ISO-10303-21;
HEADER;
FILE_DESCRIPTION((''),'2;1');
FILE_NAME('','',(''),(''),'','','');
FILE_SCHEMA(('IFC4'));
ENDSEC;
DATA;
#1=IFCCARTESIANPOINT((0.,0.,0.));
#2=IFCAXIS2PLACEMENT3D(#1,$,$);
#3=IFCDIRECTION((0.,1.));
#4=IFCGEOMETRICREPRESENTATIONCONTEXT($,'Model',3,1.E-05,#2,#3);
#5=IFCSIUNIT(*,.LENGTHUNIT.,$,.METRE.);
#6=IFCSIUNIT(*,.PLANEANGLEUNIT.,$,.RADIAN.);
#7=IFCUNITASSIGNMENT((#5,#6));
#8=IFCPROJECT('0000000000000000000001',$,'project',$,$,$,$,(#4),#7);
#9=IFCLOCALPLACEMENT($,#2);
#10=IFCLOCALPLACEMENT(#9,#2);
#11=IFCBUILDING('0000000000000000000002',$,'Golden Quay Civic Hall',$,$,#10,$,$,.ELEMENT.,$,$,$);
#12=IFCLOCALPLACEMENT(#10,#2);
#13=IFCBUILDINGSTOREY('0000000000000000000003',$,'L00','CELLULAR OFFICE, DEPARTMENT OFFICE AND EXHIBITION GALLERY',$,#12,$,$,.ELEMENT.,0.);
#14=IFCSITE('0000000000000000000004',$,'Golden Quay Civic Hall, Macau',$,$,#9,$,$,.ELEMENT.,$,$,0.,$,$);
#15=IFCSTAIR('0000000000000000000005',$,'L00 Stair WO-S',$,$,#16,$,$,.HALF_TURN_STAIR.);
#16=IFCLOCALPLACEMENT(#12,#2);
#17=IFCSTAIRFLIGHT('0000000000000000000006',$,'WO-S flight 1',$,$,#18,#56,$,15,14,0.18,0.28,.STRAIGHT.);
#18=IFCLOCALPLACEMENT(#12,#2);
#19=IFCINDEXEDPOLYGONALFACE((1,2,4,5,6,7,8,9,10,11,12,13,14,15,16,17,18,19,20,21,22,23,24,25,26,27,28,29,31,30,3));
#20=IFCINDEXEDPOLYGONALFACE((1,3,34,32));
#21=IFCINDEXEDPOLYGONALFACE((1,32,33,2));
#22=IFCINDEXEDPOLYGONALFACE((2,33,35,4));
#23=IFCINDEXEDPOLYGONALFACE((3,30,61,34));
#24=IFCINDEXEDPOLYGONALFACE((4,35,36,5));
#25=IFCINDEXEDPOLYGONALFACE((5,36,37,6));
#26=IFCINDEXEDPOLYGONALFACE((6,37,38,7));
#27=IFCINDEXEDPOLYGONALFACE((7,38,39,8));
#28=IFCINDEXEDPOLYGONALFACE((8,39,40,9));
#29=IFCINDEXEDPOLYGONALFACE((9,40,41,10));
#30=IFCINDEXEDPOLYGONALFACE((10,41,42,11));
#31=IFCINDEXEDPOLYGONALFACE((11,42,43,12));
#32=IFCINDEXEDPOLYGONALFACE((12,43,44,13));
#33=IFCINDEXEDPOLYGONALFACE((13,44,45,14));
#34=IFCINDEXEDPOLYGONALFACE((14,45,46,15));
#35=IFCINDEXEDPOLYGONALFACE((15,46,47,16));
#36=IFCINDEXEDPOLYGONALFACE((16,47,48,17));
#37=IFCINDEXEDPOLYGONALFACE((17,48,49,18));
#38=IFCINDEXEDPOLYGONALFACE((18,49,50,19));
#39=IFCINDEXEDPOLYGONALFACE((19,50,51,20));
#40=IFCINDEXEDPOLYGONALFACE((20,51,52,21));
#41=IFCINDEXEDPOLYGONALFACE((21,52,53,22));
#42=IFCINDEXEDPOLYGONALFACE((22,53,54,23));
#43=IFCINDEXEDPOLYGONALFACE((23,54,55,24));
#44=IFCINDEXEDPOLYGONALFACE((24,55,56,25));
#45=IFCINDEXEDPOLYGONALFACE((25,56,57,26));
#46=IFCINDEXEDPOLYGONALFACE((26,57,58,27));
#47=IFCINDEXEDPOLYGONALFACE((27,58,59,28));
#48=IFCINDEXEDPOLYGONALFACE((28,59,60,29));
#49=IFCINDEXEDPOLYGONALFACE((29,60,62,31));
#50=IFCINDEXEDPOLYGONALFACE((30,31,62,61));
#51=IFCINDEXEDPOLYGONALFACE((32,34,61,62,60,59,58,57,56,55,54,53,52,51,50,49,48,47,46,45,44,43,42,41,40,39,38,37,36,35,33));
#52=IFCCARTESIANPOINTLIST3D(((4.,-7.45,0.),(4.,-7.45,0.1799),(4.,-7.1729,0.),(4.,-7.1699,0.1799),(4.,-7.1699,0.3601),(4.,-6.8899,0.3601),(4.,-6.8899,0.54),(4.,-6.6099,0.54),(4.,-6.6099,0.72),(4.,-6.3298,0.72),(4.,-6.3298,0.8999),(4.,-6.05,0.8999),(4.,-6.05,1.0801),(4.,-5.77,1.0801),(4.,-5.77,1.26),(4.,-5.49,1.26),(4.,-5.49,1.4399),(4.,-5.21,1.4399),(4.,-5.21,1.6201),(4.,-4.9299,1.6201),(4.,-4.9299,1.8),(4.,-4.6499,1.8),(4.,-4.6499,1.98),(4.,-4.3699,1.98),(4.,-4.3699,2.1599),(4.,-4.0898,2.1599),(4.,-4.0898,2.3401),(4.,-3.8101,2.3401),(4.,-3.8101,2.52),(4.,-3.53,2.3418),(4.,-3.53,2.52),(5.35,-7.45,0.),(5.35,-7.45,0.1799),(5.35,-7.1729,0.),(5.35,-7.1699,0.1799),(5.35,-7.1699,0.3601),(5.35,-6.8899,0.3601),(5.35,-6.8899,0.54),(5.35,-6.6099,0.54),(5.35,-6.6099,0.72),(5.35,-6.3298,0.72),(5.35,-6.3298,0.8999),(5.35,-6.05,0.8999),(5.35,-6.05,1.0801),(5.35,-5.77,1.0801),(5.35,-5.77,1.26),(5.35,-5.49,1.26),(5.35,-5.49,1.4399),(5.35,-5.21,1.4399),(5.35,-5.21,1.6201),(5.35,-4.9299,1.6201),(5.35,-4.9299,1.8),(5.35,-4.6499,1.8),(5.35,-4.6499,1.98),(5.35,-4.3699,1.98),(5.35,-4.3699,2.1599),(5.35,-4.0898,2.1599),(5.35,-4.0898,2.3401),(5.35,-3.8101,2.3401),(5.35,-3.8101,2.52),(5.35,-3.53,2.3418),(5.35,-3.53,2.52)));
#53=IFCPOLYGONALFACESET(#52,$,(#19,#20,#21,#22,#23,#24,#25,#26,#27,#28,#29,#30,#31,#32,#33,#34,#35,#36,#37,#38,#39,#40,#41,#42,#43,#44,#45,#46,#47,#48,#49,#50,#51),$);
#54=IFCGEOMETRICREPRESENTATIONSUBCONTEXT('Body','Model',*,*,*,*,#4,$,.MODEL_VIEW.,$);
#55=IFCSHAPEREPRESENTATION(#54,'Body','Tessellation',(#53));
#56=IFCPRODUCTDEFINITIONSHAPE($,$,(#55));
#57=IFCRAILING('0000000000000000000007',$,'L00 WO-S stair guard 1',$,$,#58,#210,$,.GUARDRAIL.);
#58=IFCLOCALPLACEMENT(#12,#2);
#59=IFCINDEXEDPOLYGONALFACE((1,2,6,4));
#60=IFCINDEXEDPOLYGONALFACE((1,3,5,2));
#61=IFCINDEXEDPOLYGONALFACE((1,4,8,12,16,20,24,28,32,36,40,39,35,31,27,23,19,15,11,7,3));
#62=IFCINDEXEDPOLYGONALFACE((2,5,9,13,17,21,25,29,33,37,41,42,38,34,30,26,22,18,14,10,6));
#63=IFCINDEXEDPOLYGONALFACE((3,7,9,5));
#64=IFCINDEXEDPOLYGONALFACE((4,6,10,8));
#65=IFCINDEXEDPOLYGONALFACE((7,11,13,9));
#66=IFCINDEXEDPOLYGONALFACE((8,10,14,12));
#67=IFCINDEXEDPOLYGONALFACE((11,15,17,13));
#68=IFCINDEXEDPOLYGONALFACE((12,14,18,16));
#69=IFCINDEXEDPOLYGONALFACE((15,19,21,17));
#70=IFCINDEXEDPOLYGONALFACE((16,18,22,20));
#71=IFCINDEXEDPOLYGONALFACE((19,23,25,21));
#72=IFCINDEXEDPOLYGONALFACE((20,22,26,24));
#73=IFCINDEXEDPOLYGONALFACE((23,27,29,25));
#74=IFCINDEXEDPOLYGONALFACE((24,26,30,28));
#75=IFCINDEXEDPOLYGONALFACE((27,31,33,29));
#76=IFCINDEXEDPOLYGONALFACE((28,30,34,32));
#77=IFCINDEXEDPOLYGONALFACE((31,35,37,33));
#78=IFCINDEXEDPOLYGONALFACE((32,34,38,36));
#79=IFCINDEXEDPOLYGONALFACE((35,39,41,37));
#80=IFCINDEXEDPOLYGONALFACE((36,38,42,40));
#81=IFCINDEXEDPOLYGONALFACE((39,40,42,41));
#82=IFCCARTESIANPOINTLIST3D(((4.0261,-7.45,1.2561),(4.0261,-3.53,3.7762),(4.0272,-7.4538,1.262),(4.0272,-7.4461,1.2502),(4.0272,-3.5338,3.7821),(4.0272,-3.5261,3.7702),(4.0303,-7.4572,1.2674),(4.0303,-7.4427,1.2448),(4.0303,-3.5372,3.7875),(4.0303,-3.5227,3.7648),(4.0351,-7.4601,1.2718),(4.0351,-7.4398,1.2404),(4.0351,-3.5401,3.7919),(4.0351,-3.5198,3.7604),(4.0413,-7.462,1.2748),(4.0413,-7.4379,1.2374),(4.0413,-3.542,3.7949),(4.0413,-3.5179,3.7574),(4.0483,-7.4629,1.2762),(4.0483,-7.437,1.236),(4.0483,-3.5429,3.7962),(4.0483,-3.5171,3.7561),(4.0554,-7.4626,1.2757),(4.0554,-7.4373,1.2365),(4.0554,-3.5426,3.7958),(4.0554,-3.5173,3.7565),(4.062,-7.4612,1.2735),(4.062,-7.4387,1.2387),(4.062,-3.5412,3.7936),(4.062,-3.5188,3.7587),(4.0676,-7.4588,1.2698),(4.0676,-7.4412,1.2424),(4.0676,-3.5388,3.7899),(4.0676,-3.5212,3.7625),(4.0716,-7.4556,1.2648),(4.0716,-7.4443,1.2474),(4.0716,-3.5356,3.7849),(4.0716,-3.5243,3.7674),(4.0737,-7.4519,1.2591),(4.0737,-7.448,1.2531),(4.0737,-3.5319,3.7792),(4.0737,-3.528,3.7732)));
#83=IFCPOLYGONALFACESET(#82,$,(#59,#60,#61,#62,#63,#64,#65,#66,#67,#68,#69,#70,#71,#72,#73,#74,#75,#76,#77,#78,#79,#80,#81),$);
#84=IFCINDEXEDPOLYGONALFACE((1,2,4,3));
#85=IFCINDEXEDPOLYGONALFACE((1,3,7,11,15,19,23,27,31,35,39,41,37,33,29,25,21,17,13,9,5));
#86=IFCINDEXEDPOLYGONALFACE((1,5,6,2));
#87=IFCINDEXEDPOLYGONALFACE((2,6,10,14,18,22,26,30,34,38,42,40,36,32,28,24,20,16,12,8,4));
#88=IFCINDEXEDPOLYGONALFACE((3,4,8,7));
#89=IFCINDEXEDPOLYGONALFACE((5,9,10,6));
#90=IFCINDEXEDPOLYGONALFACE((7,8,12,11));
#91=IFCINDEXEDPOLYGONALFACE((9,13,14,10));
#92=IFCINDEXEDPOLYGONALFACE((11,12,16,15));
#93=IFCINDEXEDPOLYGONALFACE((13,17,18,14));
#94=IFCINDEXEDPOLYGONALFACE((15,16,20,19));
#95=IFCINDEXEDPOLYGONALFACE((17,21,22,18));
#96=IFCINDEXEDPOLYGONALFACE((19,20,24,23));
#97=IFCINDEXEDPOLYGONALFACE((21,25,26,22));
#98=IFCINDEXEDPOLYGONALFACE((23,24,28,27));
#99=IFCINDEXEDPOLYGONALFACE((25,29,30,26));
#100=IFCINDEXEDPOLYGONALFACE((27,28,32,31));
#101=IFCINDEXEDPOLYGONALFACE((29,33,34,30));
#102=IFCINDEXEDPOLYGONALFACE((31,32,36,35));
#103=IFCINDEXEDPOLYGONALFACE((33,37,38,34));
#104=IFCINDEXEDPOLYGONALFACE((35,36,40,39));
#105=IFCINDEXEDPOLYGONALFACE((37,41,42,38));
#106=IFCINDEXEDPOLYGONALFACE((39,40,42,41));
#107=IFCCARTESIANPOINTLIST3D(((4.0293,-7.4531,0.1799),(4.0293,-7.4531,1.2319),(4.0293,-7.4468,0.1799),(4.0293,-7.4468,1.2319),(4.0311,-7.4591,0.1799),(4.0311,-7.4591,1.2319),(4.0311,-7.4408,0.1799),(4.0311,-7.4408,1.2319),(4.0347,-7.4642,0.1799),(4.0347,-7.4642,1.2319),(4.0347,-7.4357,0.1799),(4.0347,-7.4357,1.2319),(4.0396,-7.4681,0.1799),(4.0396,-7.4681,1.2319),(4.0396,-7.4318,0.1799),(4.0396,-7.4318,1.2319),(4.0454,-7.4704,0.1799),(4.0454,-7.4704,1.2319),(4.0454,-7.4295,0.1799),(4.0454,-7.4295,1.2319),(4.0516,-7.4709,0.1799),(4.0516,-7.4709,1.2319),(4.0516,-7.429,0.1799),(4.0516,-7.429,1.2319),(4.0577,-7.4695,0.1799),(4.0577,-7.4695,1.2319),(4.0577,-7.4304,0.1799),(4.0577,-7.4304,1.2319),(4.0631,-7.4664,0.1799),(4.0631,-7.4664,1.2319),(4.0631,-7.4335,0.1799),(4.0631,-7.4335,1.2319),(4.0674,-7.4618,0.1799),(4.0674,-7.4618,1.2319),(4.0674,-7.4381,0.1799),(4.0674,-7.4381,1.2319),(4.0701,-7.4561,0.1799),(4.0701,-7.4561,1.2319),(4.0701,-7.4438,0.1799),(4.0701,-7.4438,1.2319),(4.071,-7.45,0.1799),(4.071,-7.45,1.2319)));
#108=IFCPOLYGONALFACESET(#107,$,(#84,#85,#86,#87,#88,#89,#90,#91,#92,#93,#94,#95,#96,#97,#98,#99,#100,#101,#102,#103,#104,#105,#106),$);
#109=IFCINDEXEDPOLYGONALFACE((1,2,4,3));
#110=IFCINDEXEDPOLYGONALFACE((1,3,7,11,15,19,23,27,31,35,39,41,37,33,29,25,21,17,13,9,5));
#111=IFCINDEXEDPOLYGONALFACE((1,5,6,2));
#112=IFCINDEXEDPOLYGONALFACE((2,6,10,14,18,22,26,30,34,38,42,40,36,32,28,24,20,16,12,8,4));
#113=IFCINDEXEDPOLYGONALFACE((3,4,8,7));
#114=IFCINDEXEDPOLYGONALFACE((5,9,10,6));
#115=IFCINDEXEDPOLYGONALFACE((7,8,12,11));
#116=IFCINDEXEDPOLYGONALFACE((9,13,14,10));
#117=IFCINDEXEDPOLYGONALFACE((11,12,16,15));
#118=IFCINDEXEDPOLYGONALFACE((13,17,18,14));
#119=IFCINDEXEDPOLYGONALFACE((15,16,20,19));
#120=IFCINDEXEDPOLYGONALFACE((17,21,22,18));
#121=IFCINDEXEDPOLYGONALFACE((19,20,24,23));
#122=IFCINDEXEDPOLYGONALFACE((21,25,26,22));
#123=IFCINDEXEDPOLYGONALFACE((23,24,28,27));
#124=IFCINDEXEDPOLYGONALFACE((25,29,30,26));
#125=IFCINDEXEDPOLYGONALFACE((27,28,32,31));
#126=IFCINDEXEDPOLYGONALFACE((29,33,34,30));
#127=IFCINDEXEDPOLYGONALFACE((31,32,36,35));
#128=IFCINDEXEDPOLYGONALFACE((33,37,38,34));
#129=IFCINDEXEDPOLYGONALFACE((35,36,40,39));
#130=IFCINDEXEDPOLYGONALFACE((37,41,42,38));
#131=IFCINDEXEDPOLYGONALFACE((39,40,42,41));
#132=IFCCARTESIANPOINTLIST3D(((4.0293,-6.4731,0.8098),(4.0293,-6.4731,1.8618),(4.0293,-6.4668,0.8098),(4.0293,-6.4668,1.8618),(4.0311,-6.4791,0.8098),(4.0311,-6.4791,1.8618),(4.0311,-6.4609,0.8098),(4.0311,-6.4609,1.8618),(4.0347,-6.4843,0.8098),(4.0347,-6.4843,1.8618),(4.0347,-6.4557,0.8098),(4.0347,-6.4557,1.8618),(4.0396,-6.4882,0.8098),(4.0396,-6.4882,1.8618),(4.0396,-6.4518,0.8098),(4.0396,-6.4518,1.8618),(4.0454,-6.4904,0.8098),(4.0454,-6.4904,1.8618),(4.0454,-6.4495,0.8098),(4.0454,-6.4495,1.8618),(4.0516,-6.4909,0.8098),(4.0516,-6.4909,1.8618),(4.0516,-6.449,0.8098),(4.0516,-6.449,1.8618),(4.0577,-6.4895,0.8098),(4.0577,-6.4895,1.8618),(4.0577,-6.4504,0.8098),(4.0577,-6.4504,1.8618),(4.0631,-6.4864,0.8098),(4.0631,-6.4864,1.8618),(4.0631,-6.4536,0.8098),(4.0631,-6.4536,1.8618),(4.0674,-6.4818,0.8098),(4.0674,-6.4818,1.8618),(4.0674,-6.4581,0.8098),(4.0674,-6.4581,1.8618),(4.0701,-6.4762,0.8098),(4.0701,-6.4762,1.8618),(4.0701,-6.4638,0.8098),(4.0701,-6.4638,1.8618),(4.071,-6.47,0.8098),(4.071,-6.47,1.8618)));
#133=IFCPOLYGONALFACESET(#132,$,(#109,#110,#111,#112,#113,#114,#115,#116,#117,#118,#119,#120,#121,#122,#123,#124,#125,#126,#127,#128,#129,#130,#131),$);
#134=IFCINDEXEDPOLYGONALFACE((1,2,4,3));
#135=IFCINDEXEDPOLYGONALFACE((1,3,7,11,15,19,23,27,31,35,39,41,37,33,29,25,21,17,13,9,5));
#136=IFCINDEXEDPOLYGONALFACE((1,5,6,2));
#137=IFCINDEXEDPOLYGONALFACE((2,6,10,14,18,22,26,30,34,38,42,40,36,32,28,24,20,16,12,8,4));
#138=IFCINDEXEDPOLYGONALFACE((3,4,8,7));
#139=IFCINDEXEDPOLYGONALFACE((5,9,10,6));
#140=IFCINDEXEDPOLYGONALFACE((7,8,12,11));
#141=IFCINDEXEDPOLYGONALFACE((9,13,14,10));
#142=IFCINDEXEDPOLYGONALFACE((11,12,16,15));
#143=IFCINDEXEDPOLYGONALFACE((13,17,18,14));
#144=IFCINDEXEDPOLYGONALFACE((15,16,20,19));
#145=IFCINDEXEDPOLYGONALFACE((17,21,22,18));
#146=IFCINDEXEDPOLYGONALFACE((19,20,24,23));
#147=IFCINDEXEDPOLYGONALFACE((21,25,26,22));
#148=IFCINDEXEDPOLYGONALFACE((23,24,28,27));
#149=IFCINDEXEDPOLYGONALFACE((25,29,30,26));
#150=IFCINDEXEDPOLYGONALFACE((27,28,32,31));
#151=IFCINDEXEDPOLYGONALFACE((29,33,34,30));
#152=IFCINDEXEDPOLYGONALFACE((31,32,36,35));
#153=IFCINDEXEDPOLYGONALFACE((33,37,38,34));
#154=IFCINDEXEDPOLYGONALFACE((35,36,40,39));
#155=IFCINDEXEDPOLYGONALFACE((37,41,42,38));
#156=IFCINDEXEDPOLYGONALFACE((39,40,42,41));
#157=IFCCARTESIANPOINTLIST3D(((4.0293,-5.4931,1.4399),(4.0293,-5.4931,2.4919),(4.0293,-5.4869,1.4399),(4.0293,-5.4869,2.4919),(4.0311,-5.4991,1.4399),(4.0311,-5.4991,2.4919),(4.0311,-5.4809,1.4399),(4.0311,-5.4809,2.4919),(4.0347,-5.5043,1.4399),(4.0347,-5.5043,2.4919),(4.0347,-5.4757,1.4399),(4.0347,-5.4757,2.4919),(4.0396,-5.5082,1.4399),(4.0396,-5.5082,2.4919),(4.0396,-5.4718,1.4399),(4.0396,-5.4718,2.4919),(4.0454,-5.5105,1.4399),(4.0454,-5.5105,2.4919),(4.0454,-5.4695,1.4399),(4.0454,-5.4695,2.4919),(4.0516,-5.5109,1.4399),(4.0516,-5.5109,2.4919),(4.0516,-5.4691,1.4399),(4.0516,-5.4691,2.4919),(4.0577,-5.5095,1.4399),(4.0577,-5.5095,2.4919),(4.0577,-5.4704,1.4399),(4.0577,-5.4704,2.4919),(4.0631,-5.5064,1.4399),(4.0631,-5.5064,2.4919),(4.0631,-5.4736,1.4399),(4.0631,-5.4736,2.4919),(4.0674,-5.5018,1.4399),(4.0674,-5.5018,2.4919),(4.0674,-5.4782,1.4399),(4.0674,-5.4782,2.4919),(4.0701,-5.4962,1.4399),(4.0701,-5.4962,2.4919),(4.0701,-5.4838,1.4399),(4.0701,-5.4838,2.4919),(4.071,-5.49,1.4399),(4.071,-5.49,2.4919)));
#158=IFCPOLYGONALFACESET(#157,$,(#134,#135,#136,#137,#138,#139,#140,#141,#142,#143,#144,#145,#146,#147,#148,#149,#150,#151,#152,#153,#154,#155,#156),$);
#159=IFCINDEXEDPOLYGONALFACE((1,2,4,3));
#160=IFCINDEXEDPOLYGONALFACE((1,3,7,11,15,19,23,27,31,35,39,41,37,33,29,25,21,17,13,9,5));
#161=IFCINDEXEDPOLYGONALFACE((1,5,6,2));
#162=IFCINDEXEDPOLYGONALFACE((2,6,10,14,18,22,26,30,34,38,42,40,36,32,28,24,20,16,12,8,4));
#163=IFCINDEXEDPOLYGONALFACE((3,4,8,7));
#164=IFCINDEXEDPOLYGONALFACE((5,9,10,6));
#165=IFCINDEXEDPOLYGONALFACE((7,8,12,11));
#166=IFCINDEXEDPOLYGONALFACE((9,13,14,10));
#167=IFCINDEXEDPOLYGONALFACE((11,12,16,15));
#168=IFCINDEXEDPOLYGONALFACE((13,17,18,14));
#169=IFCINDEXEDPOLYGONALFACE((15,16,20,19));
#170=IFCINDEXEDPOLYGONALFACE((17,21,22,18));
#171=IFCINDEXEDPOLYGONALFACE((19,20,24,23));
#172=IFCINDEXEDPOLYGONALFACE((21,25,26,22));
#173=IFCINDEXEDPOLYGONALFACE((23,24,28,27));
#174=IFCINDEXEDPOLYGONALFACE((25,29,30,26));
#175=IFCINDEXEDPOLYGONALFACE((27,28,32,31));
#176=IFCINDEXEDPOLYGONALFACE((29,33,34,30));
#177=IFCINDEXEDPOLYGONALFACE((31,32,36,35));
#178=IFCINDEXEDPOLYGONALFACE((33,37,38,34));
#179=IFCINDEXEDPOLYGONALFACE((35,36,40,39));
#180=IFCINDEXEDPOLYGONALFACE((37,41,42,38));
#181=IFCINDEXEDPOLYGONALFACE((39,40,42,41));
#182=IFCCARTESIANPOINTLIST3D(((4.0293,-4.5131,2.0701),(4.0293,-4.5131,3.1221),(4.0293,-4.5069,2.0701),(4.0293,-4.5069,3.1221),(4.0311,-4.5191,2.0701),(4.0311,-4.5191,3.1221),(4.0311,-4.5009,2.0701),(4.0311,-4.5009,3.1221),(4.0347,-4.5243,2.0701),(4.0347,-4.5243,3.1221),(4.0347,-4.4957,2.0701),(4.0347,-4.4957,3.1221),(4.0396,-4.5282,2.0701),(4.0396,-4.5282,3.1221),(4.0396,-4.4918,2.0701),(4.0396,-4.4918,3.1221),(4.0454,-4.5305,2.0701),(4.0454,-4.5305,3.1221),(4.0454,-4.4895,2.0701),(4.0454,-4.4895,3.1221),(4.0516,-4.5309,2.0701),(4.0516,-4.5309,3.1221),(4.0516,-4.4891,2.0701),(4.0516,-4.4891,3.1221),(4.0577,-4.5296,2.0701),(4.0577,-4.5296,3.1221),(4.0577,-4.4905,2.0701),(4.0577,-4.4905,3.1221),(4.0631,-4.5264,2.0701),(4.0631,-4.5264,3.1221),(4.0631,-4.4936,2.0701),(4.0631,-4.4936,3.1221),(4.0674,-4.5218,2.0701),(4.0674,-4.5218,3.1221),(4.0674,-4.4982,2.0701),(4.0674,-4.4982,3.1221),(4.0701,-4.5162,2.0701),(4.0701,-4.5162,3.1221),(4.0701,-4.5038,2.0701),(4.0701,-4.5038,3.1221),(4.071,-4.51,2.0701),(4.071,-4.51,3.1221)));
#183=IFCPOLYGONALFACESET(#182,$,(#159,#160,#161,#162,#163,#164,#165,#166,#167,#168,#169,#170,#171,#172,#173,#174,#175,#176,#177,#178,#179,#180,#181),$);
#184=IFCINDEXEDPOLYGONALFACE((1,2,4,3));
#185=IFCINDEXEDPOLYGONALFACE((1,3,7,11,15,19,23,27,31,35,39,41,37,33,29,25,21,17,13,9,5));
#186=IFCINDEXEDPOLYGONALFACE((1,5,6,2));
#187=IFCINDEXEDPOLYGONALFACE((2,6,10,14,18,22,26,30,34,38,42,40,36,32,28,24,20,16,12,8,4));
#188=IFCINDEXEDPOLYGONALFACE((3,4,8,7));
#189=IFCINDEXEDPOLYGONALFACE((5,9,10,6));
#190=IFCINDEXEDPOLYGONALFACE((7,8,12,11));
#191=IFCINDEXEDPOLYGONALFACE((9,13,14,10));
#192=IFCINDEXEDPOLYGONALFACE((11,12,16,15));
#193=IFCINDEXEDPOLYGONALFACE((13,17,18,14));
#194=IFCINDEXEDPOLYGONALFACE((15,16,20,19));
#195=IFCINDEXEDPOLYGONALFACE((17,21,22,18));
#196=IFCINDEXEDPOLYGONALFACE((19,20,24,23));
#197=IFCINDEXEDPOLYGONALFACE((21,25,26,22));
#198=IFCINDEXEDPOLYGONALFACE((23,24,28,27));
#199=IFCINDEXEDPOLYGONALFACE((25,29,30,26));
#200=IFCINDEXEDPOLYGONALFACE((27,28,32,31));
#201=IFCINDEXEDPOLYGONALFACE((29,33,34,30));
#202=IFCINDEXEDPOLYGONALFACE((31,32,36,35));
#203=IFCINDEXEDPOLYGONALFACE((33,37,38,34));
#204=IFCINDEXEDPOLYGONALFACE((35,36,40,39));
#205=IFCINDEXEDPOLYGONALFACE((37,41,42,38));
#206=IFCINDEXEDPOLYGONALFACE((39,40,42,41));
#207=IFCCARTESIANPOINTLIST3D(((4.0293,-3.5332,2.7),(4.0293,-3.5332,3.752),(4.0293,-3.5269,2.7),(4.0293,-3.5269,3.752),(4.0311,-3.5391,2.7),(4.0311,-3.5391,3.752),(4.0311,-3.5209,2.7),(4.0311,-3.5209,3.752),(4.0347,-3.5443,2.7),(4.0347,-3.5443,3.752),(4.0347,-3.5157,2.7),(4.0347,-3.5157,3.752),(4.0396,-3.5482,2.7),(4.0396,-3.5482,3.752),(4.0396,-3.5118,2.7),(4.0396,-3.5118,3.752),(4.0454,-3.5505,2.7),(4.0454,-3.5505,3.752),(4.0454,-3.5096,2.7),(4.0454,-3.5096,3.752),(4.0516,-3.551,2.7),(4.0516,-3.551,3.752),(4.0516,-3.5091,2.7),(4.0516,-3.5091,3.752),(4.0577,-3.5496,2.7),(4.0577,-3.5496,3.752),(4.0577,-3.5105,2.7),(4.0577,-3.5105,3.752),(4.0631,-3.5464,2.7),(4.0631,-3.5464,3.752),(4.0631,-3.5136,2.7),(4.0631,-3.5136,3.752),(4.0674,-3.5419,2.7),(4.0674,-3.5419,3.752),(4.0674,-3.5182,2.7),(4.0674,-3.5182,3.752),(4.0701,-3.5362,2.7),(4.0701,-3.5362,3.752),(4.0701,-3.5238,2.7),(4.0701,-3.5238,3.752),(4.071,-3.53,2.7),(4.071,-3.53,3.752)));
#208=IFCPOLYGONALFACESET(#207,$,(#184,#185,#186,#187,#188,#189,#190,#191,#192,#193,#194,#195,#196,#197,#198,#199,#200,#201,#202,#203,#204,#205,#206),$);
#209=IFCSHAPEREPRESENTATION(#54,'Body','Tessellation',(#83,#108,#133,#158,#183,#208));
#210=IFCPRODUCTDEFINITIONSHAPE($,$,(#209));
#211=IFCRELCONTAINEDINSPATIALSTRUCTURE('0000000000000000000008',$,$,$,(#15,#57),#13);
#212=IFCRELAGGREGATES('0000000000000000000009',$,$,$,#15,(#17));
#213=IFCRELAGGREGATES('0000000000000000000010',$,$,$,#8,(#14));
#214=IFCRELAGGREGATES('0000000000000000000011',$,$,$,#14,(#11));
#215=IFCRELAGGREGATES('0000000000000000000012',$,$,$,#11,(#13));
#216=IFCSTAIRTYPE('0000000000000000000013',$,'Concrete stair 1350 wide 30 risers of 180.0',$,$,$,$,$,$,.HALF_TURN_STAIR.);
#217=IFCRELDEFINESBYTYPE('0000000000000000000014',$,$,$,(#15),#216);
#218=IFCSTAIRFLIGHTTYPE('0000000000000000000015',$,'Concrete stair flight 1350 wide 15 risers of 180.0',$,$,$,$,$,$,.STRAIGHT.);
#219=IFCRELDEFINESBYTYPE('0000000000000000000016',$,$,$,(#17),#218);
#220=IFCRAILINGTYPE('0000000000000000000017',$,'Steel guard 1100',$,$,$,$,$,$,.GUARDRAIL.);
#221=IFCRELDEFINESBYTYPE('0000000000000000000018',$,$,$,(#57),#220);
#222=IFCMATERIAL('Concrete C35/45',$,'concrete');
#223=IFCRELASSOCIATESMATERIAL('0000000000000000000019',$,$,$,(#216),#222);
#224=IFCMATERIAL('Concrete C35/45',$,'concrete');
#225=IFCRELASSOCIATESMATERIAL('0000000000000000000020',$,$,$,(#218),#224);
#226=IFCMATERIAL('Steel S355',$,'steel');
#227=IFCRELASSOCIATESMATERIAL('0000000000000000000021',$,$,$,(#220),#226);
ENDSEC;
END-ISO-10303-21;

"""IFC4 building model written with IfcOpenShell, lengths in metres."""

from ifc_helpers import new_model, si_unit, direction, frame, origin, origin_2d, place, context, subcontext, project, spatial, polyline, circle, outline, extrude, material, type_object, element, aggregate, save


model = new_model("IFC4")

# Units and contexts
model_context = context("Model", 3, precision=1e-05, world=origin(), true_north=direction((0.0, 1.0)))
body_context = subcontext(model_context, "Body", "Model", "MODEL_VIEW")
ifc_project = project(units=[si_unit("LENGTHUNIT", "METRE"), si_unit("PLANEANGLEUNIT", "RADIAN")], contexts=[model_context])

# Site, building, storey
site_placement = place(None, origin())
site = spatial("IfcSite", under=ifc_project, at=site_placement, Name="Golden Quay Civic Hall, Macau", CompositionType="ELEMENT", RefElevation=0.0)
building_placement = place(site_placement, origin())
building = spatial("IfcBuilding", under=site, at=building_placement, Name="Golden Quay Civic Hall", CompositionType="ELEMENT")
storey_placement = place(building_placement, origin())
storey = spatial("IfcBuildingStorey", under=building, at=storey_placement, Name="L00", Description="CELLULAR OFFICE, DEPARTMENT OFFICE AND EXHIBITION GALLERY", CompositionType="ELEMENT", Elevation=0.0)

# Stair, stair flight
ifc_material_1 = material(Name="Concrete C35/45", Category="concrete")
stair_type = type_object("IfcStairType", Name="Concrete stair 1350 wide 30 risers of 180.0", PredefinedType="HALF_TURN_STAIR", material=ifc_material_1)
stair_placement = place(storey_placement, origin())
stair = element("IfcStair", 1, at=stair_placement, inside=storey, type_object=stair_type, Name="L00 Stair WO-S", PredefinedType="HALF_TURN_STAIR")
ifc_material_2 = material(Name="Concrete C35/45", Category="concrete")
stair_flight_type = type_object("IfcStairFlightType", Name="Concrete stair flight 1350 wide 15 risers of 180.0", PredefinedType="STRAIGHT", material=ifc_material_2)
stair_flight_placement = place(storey_placement, frame((4.675, -7.45, 0.0), z_axis=(0.0, 0.0, 1.0), x_axis=(0.0, 1.0, 0.0)))
stair_flight = element("IfcStairFlight", 2, at=stair_flight_placement, type_object=stair_flight_type, Name="WO-S flight 1", NumberOfRisers=15, NumberOfTreads=14, PredefinedType="STRAIGHT", RiserHeight=0.18, TreadLength=0.28, context=body_context, shape_type="SweptSolid", body=[
    extrude(outline(polyline([(0.0, 0.0), (0.0, 0.1799), (0.28, 0.1799), (0.28, 0.3601), (0.5601, 0.3601), (0.5601, 0.54), (0.8401, 0.54), (0.8401, 0.72), (1.1201, 0.72), (1.1201, 0.8999), (1.3999, 0.8999), (1.3999, 1.0801), (1.6799, 1.0801), (1.6799, 1.26), (1.96, 1.26), (1.96, 1.4399), (2.24, 1.4399), (2.24, 1.6201), (2.52, 1.6201), (2.52, 1.8), (2.8, 1.8), (2.8, 1.98), (3.0801, 1.98), (3.0801, 2.1599), (3.3601, 2.1599), (3.3601, 2.3401), (3.6399, 2.3401), (3.6399, 2.52), (3.9199, 2.52), (3.9199, 2.7), (3.9199, 2.3418), (0.2771, 0.0), (0.0, 0.0)])), frame((0.0, 0.675, 0.0), z_axis=(0.0, -1.0, 0.0), x_axis=(1.0, 0.0, 0.0)), (0.0, 0.0, 1.0), 1.35),
])
aggregate(stair, [stair_flight])

# Railing
ifc_material_3 = material(Name="Steel S355", Category="steel")
railing_type_1 = type_object("IfcRailingType", Name="Steel guard 1100", PredefinedType="GUARDRAIL", material=ifc_material_3)
railing_1_placement = place(storey_placement, frame((4.05, -7.45, 0.1799)))
element("IfcRailing", 3, at=railing_1_placement, inside=storey, type_object=railing_type_1, Name="L00 WO-S stair guard 1", PredefinedType="GUARDRAIL", context=body_context, shape_type="SweptSolid", body=[
    extrude(circle(Radius=0.0239, at=origin_2d()), frame((0.0, 0.0, 1.0762), z_axis=(0.0, 0.841172, 0.540768), x_axis=(-1.0, 0.0, 0.0)), (0.0, 0.0, 1.0), 4.6602),
    extrude(circle(Radius=0.021, at=origin_2d()), origin(), (0.0, 0.0, 1.0), 1.052),
    extrude(circle(Radius=0.021, at=origin_2d()), frame((0.0, 0.98, 0.6299)), (0.0, 0.0, 1.0), 1.052),
    extrude(circle(Radius=0.021, at=origin_2d()), frame((0.0, 1.96, 1.26)), (0.0, 0.0, 1.0), 1.052),
    extrude(circle(Radius=0.021, at=origin_2d()), frame((0.0, 2.9399, 1.8901)), (0.0, 0.0, 1.0), 1.052),
    extrude(circle(Radius=0.021, at=origin_2d()), frame((0.0, 3.9199, 2.52)), (0.0, 0.0, 1.0), 1.052),
])

save(model, "model.ifc")
